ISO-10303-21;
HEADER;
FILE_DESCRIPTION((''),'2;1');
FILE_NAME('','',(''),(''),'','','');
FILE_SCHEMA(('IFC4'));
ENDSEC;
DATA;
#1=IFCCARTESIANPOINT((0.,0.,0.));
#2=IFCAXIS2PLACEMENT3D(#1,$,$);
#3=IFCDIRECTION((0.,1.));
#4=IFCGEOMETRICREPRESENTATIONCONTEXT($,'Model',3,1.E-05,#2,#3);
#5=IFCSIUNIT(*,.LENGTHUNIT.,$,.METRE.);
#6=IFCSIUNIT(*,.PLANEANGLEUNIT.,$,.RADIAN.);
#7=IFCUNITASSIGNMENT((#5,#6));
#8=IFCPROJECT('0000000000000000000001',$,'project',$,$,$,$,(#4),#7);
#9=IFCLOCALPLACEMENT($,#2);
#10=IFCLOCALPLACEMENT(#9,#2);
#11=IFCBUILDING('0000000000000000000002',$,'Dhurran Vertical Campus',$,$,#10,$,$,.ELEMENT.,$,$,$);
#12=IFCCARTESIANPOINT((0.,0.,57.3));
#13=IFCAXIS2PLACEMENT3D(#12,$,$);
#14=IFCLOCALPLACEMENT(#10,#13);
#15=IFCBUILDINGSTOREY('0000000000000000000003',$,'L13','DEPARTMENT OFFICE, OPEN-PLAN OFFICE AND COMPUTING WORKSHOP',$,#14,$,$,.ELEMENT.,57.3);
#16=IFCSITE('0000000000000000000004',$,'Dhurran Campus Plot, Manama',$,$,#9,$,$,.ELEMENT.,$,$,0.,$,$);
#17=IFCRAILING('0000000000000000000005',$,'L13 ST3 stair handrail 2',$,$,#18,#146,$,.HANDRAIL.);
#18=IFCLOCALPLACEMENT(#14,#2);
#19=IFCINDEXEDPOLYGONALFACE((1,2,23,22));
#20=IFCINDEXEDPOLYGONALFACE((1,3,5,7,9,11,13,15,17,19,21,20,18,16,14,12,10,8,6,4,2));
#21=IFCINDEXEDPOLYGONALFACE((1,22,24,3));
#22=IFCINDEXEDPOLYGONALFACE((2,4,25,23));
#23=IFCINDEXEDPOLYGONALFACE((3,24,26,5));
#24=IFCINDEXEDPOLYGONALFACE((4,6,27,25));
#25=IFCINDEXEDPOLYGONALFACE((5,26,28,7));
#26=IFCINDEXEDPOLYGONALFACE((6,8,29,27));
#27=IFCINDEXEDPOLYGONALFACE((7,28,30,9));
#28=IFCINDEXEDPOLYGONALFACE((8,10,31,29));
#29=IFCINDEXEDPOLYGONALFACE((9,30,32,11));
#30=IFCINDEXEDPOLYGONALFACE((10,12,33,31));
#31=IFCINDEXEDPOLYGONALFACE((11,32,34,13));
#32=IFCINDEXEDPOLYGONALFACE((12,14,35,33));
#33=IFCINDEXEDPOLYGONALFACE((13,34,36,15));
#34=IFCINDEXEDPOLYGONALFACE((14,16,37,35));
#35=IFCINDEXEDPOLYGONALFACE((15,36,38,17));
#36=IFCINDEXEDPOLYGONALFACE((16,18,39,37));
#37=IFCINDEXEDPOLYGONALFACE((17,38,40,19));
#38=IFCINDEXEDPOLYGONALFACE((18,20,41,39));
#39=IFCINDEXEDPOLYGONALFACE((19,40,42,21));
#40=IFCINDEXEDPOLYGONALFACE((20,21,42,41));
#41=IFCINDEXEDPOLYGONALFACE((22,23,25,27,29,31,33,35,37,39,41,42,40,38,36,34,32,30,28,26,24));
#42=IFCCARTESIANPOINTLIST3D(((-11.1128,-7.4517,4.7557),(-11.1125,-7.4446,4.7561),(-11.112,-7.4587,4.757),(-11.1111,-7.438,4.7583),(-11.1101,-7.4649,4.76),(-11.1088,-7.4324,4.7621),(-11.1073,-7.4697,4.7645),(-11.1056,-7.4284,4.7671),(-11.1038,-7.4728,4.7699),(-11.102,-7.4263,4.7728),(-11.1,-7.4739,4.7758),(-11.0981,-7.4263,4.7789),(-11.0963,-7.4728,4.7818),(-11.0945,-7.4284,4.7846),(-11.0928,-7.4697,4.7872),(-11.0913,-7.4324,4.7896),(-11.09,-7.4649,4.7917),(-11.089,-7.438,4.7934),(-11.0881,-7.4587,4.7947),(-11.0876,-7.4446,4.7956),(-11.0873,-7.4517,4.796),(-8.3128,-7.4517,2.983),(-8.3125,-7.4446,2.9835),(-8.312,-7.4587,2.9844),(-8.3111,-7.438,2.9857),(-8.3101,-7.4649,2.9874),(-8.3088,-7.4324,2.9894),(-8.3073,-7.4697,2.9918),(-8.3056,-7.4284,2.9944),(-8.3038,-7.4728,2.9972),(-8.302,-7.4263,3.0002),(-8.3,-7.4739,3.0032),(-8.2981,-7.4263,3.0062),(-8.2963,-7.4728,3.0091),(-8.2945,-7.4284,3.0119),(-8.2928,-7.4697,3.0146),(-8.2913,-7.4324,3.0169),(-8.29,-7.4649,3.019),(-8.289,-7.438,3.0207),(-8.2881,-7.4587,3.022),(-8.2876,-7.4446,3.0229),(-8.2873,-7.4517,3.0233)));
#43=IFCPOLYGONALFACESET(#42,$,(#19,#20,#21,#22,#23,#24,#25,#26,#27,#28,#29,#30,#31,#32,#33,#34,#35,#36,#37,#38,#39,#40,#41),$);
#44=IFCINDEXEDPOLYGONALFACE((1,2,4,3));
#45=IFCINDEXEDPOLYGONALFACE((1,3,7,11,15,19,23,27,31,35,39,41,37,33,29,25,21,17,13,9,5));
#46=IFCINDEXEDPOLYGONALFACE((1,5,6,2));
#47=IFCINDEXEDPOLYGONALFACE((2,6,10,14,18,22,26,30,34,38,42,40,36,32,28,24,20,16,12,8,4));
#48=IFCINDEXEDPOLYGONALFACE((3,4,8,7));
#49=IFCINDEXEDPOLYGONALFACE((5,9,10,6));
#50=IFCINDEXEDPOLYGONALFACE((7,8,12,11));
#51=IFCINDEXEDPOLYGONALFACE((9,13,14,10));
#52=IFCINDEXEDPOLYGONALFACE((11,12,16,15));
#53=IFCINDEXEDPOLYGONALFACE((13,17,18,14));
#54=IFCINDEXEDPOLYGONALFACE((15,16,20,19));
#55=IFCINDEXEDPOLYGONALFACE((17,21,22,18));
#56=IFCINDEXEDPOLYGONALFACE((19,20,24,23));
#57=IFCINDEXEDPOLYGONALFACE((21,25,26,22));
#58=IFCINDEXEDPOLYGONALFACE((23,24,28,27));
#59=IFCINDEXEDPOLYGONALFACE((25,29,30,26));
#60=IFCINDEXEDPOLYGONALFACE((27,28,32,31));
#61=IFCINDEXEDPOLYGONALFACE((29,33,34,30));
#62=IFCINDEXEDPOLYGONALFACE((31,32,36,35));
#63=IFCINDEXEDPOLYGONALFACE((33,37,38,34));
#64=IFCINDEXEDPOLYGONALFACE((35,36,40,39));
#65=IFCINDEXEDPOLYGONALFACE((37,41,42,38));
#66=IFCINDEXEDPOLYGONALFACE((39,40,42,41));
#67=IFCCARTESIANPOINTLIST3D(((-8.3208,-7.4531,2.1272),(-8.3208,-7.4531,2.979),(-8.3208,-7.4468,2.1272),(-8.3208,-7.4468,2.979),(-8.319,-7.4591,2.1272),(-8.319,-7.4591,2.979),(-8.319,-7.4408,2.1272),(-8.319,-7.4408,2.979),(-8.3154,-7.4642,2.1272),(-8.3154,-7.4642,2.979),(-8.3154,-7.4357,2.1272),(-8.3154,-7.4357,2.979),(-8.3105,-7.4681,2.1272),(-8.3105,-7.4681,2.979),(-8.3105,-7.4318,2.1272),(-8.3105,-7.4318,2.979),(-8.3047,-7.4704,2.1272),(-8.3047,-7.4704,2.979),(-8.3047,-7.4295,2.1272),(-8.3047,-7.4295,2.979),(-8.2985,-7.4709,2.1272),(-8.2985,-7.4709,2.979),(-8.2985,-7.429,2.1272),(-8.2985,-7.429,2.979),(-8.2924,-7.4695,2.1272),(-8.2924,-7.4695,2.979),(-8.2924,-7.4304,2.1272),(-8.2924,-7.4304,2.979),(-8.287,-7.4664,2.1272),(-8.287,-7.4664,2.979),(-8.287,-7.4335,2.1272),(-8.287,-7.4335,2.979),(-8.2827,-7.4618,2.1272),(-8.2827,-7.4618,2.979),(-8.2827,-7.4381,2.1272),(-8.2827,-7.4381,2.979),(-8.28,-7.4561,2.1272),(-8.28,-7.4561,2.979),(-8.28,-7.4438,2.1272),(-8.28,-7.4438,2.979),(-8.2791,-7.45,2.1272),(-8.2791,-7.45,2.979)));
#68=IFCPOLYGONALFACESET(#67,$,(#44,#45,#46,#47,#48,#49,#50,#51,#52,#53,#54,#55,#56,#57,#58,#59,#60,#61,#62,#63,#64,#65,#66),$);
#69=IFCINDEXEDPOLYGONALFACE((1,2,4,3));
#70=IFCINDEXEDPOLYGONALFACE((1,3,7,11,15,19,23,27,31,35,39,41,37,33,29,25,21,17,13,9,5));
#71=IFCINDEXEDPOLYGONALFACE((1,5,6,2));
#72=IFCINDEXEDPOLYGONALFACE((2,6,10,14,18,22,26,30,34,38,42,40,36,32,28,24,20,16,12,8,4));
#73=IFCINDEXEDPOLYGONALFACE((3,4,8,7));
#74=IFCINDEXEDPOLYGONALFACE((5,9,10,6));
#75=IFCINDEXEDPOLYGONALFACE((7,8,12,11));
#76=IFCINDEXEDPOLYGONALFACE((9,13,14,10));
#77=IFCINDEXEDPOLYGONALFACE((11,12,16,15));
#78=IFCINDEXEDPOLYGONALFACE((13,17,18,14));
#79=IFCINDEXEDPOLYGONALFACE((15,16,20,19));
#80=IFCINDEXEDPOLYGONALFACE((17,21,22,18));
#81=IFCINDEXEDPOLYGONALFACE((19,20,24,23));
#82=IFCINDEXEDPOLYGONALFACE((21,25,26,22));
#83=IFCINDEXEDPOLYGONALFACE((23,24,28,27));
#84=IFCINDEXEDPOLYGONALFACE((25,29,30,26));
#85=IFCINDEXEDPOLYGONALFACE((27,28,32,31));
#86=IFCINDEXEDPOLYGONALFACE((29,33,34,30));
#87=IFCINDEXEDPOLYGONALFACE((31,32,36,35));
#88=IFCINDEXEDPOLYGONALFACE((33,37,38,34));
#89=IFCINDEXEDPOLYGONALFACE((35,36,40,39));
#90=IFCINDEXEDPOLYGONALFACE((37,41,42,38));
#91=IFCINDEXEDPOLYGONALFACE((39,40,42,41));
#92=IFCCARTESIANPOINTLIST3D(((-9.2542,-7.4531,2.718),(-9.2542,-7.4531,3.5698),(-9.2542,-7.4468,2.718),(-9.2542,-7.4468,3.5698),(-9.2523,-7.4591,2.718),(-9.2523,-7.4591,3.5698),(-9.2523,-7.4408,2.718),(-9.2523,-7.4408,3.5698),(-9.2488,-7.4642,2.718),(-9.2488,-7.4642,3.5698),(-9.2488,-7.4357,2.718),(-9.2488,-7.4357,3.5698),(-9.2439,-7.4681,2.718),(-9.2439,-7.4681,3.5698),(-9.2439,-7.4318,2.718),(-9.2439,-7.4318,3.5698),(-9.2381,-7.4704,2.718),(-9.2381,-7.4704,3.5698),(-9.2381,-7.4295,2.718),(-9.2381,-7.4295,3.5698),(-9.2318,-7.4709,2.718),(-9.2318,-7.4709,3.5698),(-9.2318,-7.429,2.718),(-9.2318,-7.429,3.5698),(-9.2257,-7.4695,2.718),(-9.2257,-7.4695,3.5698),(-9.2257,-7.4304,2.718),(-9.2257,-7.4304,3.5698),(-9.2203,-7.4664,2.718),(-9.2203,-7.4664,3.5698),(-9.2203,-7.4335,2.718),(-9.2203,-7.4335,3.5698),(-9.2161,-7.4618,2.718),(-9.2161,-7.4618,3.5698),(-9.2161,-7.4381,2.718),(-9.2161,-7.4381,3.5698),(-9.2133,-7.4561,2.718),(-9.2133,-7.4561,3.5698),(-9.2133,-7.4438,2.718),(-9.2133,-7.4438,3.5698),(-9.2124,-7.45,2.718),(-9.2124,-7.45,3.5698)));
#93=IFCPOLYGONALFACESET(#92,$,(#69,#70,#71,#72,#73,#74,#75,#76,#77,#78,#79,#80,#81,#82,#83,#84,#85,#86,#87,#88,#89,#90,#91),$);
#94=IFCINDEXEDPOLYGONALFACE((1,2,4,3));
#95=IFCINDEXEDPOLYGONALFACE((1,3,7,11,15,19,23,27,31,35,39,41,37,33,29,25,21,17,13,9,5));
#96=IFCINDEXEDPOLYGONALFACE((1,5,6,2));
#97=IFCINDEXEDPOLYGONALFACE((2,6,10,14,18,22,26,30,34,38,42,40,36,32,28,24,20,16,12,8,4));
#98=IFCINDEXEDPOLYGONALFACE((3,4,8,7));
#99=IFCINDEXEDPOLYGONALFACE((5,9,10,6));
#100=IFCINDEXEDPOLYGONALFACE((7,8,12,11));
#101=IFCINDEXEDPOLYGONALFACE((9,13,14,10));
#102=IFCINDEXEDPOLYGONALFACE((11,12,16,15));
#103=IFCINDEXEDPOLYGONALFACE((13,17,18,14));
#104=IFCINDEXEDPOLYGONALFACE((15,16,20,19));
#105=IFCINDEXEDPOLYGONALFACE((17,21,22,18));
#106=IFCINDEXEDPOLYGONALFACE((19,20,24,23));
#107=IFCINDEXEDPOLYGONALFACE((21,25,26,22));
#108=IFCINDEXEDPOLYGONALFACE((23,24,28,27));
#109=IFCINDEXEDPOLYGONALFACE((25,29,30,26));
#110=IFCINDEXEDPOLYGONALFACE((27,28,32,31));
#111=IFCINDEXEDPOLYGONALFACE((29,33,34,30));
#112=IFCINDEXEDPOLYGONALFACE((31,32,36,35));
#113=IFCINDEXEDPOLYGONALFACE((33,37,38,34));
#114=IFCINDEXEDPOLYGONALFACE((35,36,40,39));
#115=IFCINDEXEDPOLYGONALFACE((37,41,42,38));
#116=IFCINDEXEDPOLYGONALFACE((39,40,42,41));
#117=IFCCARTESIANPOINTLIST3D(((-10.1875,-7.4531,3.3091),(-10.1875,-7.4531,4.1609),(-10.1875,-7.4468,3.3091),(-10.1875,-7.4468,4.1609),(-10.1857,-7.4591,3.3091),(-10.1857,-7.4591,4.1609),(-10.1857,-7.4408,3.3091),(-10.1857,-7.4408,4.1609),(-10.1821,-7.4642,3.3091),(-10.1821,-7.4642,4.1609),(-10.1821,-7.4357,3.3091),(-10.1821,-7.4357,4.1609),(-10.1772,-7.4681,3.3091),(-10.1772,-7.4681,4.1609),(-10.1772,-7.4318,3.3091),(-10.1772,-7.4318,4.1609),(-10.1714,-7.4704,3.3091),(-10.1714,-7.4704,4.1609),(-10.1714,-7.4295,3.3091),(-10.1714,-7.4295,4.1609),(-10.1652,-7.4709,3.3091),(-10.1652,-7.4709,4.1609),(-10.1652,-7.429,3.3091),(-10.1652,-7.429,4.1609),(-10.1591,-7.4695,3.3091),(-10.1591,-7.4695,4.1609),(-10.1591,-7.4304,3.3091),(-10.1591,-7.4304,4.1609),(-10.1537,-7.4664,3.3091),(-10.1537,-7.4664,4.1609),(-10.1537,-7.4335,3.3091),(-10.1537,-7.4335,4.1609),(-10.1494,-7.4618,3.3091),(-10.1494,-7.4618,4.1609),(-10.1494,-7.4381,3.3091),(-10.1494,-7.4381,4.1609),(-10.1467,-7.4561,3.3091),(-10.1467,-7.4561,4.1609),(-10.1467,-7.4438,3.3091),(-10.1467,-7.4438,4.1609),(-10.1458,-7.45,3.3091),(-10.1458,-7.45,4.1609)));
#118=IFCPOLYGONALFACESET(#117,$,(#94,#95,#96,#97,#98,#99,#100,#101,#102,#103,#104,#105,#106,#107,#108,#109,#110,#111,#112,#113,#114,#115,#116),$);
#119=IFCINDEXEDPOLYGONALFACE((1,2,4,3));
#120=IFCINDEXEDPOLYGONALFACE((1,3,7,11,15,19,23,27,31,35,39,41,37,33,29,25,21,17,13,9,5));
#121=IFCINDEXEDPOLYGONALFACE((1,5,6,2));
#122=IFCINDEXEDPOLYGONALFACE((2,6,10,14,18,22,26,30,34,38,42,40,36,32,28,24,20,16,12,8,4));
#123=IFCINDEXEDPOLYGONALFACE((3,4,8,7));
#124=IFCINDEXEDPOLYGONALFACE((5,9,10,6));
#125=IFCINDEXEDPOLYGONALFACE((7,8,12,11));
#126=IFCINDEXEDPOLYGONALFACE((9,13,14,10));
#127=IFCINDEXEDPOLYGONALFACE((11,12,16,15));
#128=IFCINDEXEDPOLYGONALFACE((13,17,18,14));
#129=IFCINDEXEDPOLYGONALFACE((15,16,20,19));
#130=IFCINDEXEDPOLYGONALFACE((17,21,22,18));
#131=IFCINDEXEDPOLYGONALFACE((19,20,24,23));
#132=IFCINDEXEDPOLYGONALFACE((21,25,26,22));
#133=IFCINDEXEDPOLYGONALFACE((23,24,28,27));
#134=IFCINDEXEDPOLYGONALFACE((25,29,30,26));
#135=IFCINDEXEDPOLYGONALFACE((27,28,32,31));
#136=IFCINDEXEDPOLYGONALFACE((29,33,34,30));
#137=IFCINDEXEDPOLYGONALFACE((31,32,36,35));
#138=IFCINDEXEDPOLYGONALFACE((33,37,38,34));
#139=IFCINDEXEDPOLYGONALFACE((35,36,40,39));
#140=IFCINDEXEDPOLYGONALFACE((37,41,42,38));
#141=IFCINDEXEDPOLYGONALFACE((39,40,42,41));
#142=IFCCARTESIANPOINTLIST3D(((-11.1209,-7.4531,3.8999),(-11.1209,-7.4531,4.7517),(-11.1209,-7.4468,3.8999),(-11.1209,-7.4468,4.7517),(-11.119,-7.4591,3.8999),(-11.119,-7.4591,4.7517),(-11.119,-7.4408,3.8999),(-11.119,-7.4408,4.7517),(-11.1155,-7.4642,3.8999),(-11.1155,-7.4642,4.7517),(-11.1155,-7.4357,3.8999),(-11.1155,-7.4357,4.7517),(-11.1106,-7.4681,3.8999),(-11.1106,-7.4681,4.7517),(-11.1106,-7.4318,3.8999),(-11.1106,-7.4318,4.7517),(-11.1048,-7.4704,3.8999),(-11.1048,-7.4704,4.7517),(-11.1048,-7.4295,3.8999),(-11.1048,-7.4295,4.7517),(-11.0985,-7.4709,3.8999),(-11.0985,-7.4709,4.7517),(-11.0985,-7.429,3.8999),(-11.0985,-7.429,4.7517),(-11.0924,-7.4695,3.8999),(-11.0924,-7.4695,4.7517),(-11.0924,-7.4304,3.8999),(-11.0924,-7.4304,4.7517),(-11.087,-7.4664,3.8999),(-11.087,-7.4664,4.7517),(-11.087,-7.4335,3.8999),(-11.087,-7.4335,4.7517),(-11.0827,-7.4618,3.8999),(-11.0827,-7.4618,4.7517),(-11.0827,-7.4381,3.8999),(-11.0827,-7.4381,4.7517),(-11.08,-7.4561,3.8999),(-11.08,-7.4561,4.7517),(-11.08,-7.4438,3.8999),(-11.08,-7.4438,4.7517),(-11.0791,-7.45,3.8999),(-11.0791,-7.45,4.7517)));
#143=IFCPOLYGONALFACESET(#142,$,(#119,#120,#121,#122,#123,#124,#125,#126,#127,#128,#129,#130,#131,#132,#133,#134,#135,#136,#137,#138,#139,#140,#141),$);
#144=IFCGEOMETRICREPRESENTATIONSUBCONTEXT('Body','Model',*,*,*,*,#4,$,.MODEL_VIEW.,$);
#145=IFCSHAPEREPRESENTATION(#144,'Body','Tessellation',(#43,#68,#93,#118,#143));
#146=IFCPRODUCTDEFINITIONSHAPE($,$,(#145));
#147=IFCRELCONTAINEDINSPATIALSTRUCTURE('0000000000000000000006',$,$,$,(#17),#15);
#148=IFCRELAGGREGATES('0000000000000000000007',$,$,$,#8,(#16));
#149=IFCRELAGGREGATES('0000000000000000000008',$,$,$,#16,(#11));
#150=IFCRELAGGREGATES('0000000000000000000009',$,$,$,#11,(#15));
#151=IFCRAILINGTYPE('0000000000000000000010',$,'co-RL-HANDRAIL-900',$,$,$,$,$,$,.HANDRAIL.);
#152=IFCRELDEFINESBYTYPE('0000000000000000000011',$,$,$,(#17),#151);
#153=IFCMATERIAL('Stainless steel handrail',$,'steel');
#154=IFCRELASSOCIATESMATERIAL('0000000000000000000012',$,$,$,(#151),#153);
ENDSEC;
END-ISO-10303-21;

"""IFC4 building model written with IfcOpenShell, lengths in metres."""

from ifc_helpers import new_model, si_unit, direction, frame, origin, origin_2d, place, context, subcontext, project, spatial, circle, extrude, material, type_object, element, save


model = new_model("IFC4")

# Units and contexts
model_context = context("Model", 3, precision=1e-05, world=origin(), true_north=direction((0.0, 1.0)))
body_context = subcontext(model_context, "Body", "Model", "MODEL_VIEW")
ifc_project = project(units=[si_unit("LENGTHUNIT", "METRE"), si_unit("PLANEANGLEUNIT", "RADIAN")], contexts=[model_context])

# Site, building, storey
site_placement = place(None, origin())
site = spatial("IfcSite", under=ifc_project, at=site_placement, Name="Dhurran Campus Plot, Manama", CompositionType="ELEMENT", RefElevation=0.0)
building_placement = place(site_placement, origin())
building = spatial("IfcBuilding", under=site, at=building_placement, Name="Dhurran Vertical Campus", CompositionType="ELEMENT")
storey_placement = place(building_placement, frame((0.0, 0.0, 57.3)))
storey = spatial("IfcBuildingStorey", under=building, at=storey_placement, Name="L13", Description="DEPARTMENT OFFICE, OPEN-PLAN OFFICE AND COMPUTING WORKSHOP", CompositionType="ELEMENT", Elevation=57.3)

# Railing
ifc_material_1 = material(Name="Stainless steel handrail", Category="steel")
railing_type_1 = type_object("IfcRailingType", Name="co-RL-HANDRAIL-900", PredefinedType="HANDRAIL", material=ifc_material_1)
railing_1_placement = place(storey_placement, frame((-8.3, -7.45, 2.1272)))
element("IfcRailing", 1, at=railing_1_placement, inside=storey, type_object=railing_type_1, Name="L13 ST3 stair handrail 2", PredefinedType="HANDRAIL", context=body_context, shape_type="SweptSolid", body=[
    extrude(circle(Radius=0.0239, at=origin_2d()), frame((0.0, 0.0, 0.876), z_axis=(-0.844909, 0.0, 0.53491), x_axis=(0.0, -1.0, 0.0)), (0.0, 0.0, 1.0), 3.314),
    extrude(circle(Radius=0.021, at=origin_2d()), origin(), (0.0, 0.0, 1.0), 0.8518),
    extrude(circle(Radius=0.021, at=origin_2d()), frame((-0.9333, 0.0, 0.5908)), (0.0, 0.0, 1.0), 0.8518),
    extrude(circle(Radius=0.021, at=origin_2d()), frame((-1.8667, 0.0, 1.1819)), (0.0, 0.0, 1.0), 0.8518),
    extrude(circle(Radius=0.021, at=origin_2d()), frame((-2.8, 0.0, 1.7727)), (0.0, 0.0, 1.0), 0.8518),
])

save(model, "model.ifc")
